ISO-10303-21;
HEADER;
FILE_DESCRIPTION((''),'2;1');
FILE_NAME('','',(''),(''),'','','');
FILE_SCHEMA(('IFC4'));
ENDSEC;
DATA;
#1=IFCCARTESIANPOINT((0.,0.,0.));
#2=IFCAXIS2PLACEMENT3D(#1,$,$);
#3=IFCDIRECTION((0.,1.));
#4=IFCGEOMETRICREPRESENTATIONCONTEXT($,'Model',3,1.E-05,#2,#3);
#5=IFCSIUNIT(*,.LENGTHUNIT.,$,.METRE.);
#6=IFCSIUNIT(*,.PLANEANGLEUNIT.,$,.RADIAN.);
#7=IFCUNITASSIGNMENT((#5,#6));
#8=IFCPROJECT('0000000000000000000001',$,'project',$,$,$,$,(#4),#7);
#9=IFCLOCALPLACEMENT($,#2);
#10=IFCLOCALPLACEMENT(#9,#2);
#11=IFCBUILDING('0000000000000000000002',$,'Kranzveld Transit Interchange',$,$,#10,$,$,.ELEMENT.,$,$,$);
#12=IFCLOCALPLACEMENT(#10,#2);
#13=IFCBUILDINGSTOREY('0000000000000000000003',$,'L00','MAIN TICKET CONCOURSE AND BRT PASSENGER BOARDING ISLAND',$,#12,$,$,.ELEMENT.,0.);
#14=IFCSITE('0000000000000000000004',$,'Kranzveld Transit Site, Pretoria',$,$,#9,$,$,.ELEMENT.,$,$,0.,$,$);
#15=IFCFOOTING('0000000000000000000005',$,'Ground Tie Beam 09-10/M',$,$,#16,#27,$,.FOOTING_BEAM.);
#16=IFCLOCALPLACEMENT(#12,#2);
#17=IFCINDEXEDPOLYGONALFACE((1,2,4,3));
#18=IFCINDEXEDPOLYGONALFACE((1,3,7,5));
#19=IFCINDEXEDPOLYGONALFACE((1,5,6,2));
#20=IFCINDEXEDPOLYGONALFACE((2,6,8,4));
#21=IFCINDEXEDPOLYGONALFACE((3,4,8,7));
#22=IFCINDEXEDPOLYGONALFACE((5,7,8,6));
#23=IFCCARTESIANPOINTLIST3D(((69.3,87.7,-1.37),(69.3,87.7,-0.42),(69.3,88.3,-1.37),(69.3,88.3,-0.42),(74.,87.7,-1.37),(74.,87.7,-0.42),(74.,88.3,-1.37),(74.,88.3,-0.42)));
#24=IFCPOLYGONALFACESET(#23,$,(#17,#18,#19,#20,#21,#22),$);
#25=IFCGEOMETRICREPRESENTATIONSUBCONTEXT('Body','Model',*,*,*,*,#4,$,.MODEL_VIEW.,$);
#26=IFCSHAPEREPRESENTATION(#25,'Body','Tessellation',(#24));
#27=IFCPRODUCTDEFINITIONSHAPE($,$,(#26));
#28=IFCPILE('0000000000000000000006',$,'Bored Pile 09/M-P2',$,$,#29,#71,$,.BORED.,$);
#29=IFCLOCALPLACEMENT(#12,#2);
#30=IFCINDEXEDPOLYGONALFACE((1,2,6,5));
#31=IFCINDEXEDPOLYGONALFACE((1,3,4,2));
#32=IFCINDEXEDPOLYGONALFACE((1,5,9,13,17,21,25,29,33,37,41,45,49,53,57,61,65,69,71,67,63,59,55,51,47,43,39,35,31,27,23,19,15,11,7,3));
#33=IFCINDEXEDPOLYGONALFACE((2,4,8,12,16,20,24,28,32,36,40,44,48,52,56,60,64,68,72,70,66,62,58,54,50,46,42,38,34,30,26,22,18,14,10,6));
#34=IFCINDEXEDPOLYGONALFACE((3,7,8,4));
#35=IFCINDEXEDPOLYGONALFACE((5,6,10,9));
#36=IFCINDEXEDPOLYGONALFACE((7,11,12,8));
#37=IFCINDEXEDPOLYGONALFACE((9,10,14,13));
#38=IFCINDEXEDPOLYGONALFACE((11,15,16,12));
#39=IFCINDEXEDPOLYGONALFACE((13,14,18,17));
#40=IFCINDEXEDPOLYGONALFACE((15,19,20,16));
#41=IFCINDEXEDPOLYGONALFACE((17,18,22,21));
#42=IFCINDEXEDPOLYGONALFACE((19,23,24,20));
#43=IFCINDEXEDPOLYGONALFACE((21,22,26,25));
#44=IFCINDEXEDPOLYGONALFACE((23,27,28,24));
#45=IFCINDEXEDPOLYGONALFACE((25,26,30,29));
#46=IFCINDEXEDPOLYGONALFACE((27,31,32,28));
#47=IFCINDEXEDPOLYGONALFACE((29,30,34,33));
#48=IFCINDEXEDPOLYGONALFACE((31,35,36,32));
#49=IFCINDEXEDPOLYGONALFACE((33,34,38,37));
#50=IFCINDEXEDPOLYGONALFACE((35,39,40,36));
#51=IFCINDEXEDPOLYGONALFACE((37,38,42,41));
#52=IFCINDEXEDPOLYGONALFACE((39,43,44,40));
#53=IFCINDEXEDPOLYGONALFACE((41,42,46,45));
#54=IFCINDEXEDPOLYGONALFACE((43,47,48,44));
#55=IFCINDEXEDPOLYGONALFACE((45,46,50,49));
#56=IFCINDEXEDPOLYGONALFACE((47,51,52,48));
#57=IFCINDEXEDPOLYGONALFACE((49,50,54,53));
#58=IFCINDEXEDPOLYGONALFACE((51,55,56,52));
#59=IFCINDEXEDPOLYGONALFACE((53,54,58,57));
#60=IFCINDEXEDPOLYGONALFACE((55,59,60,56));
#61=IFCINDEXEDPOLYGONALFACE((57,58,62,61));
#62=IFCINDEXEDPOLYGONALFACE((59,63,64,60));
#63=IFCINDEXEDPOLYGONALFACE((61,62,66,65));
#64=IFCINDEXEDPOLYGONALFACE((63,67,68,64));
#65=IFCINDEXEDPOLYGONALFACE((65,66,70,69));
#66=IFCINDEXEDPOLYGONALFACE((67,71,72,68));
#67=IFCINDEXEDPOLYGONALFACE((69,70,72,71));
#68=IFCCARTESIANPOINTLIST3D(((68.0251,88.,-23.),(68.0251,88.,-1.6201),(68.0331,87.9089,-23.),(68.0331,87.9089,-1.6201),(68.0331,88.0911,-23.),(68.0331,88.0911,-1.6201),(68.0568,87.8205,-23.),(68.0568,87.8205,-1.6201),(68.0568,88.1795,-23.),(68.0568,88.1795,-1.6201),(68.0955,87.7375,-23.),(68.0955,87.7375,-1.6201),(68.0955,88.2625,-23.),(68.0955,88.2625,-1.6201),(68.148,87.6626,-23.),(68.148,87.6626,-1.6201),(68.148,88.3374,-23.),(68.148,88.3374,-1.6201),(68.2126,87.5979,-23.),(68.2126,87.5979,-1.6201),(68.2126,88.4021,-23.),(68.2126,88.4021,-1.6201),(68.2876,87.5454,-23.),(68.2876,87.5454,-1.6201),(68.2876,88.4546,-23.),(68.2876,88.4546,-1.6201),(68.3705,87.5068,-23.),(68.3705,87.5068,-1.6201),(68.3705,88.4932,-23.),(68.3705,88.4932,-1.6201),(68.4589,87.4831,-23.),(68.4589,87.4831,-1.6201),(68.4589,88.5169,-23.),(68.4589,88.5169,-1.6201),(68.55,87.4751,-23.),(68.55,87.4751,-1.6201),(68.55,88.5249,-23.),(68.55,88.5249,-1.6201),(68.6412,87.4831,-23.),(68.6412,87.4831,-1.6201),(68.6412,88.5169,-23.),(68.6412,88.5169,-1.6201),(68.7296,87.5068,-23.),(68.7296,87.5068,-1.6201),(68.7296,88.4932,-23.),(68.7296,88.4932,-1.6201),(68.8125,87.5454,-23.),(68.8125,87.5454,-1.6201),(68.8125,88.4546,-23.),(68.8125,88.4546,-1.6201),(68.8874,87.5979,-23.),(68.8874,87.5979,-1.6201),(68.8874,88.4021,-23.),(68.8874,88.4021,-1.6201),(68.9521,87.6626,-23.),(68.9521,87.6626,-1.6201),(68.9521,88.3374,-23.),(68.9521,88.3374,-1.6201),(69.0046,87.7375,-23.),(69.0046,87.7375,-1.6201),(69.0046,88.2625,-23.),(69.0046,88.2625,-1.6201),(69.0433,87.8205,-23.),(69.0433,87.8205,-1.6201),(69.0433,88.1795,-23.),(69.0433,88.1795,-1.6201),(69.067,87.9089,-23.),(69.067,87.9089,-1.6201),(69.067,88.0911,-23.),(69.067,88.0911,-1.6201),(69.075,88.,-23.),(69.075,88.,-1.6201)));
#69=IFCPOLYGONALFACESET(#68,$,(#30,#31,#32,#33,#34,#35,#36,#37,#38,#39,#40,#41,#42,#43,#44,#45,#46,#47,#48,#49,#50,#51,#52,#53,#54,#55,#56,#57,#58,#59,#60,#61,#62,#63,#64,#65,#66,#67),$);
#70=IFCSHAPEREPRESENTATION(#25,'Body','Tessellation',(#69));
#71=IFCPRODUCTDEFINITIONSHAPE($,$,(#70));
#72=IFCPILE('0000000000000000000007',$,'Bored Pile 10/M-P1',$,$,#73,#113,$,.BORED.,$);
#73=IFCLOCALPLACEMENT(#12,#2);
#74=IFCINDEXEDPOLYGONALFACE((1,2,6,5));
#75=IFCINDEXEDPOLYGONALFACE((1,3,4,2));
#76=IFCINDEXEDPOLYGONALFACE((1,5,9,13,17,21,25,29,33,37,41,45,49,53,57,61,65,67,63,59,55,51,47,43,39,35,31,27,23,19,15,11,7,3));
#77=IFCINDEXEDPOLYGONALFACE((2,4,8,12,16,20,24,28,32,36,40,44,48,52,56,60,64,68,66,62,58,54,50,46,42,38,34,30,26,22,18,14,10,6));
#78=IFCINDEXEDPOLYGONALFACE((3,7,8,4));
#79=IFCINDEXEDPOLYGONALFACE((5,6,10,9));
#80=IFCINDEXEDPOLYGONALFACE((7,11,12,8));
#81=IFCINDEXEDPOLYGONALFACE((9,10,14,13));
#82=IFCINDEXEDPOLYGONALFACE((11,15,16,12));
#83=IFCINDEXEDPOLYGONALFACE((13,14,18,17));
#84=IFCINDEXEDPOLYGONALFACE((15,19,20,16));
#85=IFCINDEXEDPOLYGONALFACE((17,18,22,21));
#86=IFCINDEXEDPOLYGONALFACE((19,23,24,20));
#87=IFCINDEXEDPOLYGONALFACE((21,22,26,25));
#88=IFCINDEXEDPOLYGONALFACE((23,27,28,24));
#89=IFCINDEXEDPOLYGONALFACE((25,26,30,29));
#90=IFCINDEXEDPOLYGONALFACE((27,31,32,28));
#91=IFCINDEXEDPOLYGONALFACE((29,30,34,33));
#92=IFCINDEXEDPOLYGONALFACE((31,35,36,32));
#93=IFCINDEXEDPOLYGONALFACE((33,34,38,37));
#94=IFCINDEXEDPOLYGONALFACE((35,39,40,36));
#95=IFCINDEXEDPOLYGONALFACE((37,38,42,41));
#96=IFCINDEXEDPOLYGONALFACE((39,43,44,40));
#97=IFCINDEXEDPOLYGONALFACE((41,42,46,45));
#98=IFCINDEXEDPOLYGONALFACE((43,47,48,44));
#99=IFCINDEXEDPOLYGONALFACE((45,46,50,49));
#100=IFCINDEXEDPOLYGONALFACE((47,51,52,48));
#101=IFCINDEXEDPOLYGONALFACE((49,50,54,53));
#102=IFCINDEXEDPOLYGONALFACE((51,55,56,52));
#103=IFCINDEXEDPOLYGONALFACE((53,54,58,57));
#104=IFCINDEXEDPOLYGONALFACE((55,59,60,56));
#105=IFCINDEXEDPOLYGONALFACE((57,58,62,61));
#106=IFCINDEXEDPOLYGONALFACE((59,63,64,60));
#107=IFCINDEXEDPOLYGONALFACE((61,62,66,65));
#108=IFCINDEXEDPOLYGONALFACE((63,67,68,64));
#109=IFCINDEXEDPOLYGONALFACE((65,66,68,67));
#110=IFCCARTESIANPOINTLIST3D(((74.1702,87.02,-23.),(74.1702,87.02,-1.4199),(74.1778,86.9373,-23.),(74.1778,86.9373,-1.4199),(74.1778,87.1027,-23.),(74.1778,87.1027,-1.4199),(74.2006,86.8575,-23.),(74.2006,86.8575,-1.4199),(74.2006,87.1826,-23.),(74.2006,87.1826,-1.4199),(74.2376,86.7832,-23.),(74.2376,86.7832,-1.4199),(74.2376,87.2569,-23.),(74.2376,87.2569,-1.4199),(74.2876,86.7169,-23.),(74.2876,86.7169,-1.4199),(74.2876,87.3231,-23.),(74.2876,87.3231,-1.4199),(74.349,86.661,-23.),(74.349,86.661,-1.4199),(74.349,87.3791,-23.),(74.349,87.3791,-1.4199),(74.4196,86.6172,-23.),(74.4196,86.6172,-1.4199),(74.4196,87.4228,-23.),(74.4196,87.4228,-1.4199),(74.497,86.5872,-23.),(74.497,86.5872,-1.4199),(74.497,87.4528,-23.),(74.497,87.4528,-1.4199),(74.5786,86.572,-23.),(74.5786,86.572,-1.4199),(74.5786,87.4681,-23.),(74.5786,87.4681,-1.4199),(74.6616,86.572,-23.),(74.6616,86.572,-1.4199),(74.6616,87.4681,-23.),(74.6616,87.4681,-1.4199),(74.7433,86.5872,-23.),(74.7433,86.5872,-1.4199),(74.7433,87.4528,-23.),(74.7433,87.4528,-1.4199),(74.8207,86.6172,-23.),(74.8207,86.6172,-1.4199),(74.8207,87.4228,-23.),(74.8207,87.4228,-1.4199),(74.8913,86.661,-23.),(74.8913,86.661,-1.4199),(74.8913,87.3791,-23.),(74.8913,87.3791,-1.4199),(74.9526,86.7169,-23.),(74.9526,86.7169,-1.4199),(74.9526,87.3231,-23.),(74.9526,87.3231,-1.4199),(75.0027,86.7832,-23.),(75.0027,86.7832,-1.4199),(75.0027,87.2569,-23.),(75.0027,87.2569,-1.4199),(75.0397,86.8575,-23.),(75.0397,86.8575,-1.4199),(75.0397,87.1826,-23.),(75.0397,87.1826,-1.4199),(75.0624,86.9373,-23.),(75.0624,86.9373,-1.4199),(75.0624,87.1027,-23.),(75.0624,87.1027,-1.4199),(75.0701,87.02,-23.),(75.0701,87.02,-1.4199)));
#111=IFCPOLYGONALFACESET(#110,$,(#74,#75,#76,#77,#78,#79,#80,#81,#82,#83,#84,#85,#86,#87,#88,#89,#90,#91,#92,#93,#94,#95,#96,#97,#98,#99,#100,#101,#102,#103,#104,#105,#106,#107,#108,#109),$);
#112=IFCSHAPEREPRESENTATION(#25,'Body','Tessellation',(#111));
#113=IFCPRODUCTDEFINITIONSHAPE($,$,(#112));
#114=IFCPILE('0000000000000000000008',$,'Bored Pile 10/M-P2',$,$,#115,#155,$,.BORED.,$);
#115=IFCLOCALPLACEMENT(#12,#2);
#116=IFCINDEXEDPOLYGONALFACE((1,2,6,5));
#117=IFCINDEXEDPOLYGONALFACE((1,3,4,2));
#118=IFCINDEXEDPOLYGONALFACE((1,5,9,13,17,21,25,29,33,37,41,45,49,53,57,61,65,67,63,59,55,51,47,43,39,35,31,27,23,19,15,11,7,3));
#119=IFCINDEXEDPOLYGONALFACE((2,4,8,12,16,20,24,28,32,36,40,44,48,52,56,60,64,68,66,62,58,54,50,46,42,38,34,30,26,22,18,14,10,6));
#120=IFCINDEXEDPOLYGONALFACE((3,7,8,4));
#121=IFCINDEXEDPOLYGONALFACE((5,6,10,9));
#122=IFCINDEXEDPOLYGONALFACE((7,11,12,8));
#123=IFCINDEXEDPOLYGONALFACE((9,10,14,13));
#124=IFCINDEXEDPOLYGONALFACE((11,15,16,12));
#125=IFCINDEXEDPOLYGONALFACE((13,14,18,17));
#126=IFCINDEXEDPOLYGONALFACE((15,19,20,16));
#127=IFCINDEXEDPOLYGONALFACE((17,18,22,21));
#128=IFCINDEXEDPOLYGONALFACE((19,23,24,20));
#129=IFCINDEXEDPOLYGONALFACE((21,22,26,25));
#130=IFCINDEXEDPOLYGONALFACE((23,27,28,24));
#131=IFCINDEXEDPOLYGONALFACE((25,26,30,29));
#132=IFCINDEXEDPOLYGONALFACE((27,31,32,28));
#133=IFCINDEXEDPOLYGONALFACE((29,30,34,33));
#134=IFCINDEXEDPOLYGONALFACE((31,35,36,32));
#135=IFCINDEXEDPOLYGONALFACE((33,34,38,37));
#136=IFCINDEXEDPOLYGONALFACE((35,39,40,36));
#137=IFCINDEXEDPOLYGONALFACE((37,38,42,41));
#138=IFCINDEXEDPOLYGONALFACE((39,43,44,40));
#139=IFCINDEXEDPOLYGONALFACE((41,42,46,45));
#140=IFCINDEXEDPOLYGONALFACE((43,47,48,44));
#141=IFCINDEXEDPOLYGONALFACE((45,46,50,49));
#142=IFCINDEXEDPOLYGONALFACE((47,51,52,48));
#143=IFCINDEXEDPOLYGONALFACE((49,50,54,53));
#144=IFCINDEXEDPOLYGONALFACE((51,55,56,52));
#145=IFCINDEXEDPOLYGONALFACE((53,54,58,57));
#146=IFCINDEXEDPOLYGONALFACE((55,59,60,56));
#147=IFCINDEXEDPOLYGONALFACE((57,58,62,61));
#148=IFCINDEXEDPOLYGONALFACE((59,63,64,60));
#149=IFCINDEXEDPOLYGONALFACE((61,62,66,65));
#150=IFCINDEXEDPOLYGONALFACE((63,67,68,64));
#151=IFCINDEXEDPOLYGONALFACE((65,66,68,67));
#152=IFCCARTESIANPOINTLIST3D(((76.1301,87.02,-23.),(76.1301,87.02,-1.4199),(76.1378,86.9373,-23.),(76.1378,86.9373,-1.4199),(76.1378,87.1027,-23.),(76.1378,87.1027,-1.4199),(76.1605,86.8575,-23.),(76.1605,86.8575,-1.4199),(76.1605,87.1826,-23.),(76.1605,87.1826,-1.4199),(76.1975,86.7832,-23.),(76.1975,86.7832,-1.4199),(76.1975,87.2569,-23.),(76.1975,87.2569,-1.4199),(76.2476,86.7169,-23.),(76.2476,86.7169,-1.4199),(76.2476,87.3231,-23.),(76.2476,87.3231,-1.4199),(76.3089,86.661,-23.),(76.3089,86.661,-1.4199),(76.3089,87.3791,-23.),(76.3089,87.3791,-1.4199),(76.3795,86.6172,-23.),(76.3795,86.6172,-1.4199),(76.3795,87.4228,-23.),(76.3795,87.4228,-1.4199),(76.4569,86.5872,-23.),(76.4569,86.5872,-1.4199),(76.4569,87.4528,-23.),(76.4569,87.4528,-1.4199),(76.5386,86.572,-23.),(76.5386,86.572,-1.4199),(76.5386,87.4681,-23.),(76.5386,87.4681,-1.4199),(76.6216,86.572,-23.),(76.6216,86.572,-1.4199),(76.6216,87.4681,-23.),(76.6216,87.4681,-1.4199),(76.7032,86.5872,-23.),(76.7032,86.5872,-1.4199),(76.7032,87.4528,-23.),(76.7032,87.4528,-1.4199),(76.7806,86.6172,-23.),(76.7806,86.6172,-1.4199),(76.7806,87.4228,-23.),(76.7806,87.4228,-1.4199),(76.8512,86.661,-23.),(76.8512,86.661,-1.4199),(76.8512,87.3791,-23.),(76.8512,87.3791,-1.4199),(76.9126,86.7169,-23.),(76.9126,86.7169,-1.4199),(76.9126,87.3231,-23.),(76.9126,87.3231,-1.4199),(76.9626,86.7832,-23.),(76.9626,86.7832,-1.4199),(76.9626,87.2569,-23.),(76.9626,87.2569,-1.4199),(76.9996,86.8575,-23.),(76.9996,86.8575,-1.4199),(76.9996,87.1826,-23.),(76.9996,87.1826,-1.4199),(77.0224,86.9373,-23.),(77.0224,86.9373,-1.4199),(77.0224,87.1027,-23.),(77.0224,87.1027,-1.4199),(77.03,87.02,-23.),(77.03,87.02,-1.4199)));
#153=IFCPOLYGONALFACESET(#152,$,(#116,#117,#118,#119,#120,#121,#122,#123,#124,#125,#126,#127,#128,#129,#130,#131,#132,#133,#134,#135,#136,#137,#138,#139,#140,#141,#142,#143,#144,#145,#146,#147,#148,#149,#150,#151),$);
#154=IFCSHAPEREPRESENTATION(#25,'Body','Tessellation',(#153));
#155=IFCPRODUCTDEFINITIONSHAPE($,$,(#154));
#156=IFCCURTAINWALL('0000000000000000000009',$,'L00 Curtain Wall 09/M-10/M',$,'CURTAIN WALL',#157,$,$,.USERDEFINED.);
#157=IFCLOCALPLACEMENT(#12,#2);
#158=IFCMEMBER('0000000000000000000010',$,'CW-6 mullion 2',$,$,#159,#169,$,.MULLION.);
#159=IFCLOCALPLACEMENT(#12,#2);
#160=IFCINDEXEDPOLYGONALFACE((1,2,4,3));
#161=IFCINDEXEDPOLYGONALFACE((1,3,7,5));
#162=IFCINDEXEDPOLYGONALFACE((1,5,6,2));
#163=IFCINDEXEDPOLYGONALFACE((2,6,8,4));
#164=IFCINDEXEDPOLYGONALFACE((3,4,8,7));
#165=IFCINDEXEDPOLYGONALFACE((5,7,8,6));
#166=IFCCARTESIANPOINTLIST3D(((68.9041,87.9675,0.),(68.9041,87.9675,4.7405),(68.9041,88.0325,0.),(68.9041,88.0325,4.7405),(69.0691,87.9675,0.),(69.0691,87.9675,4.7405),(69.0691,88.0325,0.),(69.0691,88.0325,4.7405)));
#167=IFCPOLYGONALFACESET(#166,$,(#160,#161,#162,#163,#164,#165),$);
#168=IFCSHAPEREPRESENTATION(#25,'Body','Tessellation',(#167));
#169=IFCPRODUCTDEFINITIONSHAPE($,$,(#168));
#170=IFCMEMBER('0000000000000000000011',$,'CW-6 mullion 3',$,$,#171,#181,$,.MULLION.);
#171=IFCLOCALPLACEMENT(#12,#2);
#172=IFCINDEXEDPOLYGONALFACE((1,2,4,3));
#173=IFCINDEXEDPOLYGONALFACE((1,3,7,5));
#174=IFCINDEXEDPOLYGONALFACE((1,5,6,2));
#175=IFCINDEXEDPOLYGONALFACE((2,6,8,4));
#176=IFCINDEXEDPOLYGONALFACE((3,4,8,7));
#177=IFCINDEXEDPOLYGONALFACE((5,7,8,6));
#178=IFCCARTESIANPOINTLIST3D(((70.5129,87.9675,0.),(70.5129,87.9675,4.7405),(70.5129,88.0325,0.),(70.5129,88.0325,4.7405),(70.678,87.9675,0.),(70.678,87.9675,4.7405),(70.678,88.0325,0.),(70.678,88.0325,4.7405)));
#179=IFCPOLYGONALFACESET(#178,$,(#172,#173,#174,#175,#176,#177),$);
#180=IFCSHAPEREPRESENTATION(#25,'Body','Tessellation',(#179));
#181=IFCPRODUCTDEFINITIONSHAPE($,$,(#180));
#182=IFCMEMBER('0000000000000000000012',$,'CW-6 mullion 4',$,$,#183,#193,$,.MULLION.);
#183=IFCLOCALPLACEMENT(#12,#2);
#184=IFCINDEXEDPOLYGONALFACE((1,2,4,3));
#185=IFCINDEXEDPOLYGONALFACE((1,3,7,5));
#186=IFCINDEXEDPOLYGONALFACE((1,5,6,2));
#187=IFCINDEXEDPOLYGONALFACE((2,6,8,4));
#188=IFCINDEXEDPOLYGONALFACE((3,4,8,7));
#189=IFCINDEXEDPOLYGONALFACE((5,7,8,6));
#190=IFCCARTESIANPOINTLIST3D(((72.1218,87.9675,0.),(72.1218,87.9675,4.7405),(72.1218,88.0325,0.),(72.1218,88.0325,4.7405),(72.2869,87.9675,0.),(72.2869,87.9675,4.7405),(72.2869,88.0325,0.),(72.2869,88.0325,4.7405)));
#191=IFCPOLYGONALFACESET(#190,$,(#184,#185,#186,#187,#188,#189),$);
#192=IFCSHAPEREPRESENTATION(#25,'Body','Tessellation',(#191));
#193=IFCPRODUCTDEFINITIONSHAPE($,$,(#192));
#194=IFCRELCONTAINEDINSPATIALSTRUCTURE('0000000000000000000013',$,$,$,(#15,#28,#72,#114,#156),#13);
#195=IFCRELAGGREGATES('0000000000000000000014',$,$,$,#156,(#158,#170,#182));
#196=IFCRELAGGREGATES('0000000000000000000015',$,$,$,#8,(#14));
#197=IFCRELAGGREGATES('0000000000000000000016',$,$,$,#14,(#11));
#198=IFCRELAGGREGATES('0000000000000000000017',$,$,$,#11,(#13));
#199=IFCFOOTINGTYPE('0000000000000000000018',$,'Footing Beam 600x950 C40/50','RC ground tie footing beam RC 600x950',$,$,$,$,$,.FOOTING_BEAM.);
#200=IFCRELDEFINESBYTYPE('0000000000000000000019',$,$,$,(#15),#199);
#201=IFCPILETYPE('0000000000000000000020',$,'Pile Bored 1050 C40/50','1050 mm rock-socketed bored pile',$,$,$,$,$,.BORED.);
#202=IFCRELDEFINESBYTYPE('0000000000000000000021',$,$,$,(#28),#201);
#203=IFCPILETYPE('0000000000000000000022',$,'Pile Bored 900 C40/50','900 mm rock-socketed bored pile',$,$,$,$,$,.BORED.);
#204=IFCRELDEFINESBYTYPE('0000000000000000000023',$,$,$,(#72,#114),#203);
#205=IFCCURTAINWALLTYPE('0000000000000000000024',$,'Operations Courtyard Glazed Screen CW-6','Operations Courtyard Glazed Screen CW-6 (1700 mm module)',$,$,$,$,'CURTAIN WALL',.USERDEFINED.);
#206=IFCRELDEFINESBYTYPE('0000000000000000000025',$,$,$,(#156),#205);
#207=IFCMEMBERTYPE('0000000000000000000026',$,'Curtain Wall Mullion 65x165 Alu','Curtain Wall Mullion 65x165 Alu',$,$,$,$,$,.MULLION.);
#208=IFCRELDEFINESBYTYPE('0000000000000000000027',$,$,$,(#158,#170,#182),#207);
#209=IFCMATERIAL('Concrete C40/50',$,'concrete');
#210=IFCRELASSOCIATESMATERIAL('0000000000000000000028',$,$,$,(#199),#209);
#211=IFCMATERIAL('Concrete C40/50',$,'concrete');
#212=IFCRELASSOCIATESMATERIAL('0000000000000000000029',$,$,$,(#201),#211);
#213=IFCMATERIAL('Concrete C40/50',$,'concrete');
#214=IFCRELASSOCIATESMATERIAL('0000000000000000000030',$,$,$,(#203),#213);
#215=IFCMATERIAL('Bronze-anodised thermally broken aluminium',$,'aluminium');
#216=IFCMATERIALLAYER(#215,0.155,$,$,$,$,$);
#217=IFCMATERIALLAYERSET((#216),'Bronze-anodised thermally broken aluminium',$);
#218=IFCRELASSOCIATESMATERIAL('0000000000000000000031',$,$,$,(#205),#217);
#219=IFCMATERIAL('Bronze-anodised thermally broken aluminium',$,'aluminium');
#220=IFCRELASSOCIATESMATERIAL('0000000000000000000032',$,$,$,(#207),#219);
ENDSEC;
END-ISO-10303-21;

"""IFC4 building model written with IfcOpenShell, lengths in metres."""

from ifc_helpers import new_model, si_unit, direction, frame, origin, origin_2d, place, context, subcontext, project, spatial, rectangle, circle, extrude, material, layer, layer_set, material_profile, profile_set, type_object, element, aggregate, save


model = new_model("IFC4")

# Units and contexts
model_context = context("Model", 3, precision=1e-05, world=origin(), true_north=direction((0.0, 1.0)))
body_context = subcontext(model_context, "Body", "Model", "MODEL_VIEW")
ifc_project = project(units=[si_unit("LENGTHUNIT", "METRE"), si_unit("PLANEANGLEUNIT", "RADIAN")], contexts=[model_context])

# Site, building, storey
site_placement = place(None, origin())
site = spatial("IfcSite", under=ifc_project, at=site_placement, Name="Kranzveld Transit Site, Pretoria", CompositionType="ELEMENT", RefElevation=0.0)
building_placement = place(site_placement, origin())
building = spatial("IfcBuilding", under=site, at=building_placement, Name="Kranzveld Transit Interchange", CompositionType="ELEMENT")
storey_placement = place(building_placement, origin())
storey = spatial("IfcBuildingStorey", under=building, at=storey_placement, Name="L00", Description="MAIN TICKET CONCOURSE AND BRT PASSENGER BOARDING ISLAND", CompositionType="ELEMENT", Elevation=0.0)

# Footing
ifc_material_1 = material(Name="Concrete C40/50", Category="concrete")
ifc_material_profile_1 = material_profile(ifc_material_1, rectangle(XDim=0.6001, YDim=0.95, at=origin_2d()), Name="RC 600x950")
ifc_profile_set_1 = profile_set([ifc_material_profile_1], Name="Concrete C40/50")
footing_type = type_object("IfcFootingType", Name="Footing Beam 600x950 C40/50", Description="RC ground tie footing beam RC 600x950", PredefinedType="FOOTING_BEAM", material=ifc_profile_set_1)
footing_placement = place(storey_placement, frame((69.3, 88.0, -0.895), z_axis=(1.0, 0.0, 0.0), x_axis=(0.0, 1.0, 0.0)))
element("IfcFooting", 1, at=footing_placement, inside=storey, type_object=footing_type, Name="Ground Tie Beam 09-10/M", PredefinedType="FOOTING_BEAM", context=body_context, shape_type="SweptSolid", body=[
    extrude(rectangle(XDim=0.6001, YDim=0.95, at=origin_2d()), origin(), (0.0, 0.0, 1.0), 4.7),
])

# Piles
ifc_material_2 = material(Name="Concrete C40/50", Category="concrete")
ifc_material_profile_2 = material_profile(ifc_material_2, circle(Radius=0.5249, at=origin_2d()), Name="BORED PILE 1050")
ifc_profile_set_2 = profile_set([ifc_material_profile_2], Name="Concrete C40/50")
pile_type_1 = type_object("IfcPileType", Name="Pile Bored 1050 C40/50", Description="1050 mm rock-socketed bored pile", PredefinedType="BORED", material=ifc_profile_set_2)
pile_placement = place(storey_placement, frame((68.55, 88.0, -1.6201), z_axis=(0.0, 0.0, -1.0), x_axis=(1.0, 0.0, 0.0)))
element("IfcPile", 2, at=pile_placement, inside=storey, type_object=pile_type_1, Name="Bored Pile 09/M-P2", PredefinedType="BORED", context=body_context, shape_type="SweptSolid", body=[
    extrude(circle(Radius=0.5249, at=origin_2d()), origin(), (0.0, 0.0, 1.0), 21.3799),
])
ifc_material_3 = material(Name="Concrete C40/50", Category="concrete")
ifc_material_profile_3 = material_profile(ifc_material_3, circle(Radius=0.45, at=origin_2d()), Name="BORED PILE 900")
ifc_profile_set_3 = profile_set([ifc_material_profile_3], Name="Concrete C40/50")
pile_type_2 = type_object("IfcPileType", Name="Pile Bored 900 C40/50", Description="900 mm rock-socketed bored pile", PredefinedType="BORED", material=ifc_profile_set_3)
for number, where, z_axis, x_axis, name in (
    (3, (74.6201, 87.02, -1.4199), (0.0, 0.0, -1.0), (1.0, 0.0, 0.0), "Bored Pile 10/M-P1"),
    (4, (76.5801, 87.02, -1.4199), (0.0, 0.0, -1.0), (1.0, 0.0, 0.0), "Bored Pile 10/M-P2"),
):
    element("IfcPile", number, at=place(storey_placement, frame(where, z_axis=z_axis, x_axis=x_axis)), inside=storey, type_object=pile_type_2, Name=name, PredefinedType="BORED", context=body_context, shape_type="SweptSolid", body=[
        extrude(circle(Radius=0.45, at=origin_2d()), origin(), (0.0, 0.0, 1.0), 21.5801),
    ])

# Curtain wall, members
ifc_material_4 = material(Name="Bronze-anodised thermally broken aluminium", Category="aluminium")
ifc_layer_1 = layer(ifc_material_4, 0.155)
ifc_layer_set_1 = layer_set([ifc_layer_1], Name="Bronze-anodised thermally broken aluminium")
curtain_wall_type = type_object("IfcCurtainWallType", Name="Operations Courtyard Glazed Screen CW-6", Description="Operations Courtyard Glazed Screen CW-6 (1700 mm module)", ElementType="CURTAIN WALL", PredefinedType="USERDEFINED", material=ifc_layer_set_1)
curtain_wall_placement = place(storey_placement, origin())
curtain_wall = element("IfcCurtainWall", 5, at=curtain_wall_placement, inside=storey, type_object=curtain_wall_type, Name="L00 Curtain Wall 09/M-10/M", ObjectType="CURTAIN WALL", PredefinedType="USERDEFINED")
ifc_material_5 = material(Name="Bronze-anodised thermally broken aluminium", Category="aluminium")
ifc_material_profile_4 = material_profile(ifc_material_5, rectangle(XDim=0.0649, YDim=0.165, at=origin_2d()), Name="ALU MULLION 65x165")
ifc_profile_set_4 = profile_set([ifc_material_profile_4], Name="Bronze-anodised thermally broken aluminium")
member_type_1 = type_object("IfcMemberType", Name="Curtain Wall Mullion 65x165 Alu", Description="Curtain Wall Mullion 65x165 Alu", PredefinedType="MULLION", material=ifc_profile_set_4)
member_1_placement = place(storey_placement, frame((68.9866, 88.0, 0.0), z_axis=(0.0, 0.0, 1.0), x_axis=(0.0, 1.0, 0.0)))
member_1 = element("IfcMember", 6, at=member_1_placement, type_object=member_type_1, Name="CW-6 mullion 2", PredefinedType="MULLION", context=body_context, shape_type="SweptSolid", body=[
    extrude(rectangle(XDim=0.0649, YDim=0.165, at=origin_2d()), origin(), (0.0, 0.0, 1.0), 4.7405),
])
member_2_placement = place(storey_placement, frame((70.5955, 88.0, 0.0), z_axis=(0.0, 0.0, 1.0), x_axis=(0.0, 1.0, 0.0)))
member_2 = element("IfcMember", 7, at=member_2_placement, type_object=member_type_1, Name="CW-6 mullion 3", PredefinedType="MULLION", context=body_context, shape_type="SweptSolid", body=[
    extrude(rectangle(XDim=0.0649, YDim=0.165, at=origin_2d()), origin(), (0.0, 0.0, 1.0), 4.7405),
])
member_3_placement = place(storey_placement, frame((72.2043, 88.0, 0.0), z_axis=(0.0, 0.0, 1.0), x_axis=(0.0, 1.0, 0.0)))
member_3 = element("IfcMember", 8, at=member_3_placement, type_object=member_type_1, Name="CW-6 mullion 4", PredefinedType="MULLION", context=body_context, shape_type="SweptSolid", body=[
    extrude(rectangle(XDim=0.0649, YDim=0.165, at=origin_2d()), origin(), (0.0, 0.0, 1.0), 4.7405),
])

aggregate(curtain_wall, [member_1, member_2, member_3])

save(model, "model.ifc")
